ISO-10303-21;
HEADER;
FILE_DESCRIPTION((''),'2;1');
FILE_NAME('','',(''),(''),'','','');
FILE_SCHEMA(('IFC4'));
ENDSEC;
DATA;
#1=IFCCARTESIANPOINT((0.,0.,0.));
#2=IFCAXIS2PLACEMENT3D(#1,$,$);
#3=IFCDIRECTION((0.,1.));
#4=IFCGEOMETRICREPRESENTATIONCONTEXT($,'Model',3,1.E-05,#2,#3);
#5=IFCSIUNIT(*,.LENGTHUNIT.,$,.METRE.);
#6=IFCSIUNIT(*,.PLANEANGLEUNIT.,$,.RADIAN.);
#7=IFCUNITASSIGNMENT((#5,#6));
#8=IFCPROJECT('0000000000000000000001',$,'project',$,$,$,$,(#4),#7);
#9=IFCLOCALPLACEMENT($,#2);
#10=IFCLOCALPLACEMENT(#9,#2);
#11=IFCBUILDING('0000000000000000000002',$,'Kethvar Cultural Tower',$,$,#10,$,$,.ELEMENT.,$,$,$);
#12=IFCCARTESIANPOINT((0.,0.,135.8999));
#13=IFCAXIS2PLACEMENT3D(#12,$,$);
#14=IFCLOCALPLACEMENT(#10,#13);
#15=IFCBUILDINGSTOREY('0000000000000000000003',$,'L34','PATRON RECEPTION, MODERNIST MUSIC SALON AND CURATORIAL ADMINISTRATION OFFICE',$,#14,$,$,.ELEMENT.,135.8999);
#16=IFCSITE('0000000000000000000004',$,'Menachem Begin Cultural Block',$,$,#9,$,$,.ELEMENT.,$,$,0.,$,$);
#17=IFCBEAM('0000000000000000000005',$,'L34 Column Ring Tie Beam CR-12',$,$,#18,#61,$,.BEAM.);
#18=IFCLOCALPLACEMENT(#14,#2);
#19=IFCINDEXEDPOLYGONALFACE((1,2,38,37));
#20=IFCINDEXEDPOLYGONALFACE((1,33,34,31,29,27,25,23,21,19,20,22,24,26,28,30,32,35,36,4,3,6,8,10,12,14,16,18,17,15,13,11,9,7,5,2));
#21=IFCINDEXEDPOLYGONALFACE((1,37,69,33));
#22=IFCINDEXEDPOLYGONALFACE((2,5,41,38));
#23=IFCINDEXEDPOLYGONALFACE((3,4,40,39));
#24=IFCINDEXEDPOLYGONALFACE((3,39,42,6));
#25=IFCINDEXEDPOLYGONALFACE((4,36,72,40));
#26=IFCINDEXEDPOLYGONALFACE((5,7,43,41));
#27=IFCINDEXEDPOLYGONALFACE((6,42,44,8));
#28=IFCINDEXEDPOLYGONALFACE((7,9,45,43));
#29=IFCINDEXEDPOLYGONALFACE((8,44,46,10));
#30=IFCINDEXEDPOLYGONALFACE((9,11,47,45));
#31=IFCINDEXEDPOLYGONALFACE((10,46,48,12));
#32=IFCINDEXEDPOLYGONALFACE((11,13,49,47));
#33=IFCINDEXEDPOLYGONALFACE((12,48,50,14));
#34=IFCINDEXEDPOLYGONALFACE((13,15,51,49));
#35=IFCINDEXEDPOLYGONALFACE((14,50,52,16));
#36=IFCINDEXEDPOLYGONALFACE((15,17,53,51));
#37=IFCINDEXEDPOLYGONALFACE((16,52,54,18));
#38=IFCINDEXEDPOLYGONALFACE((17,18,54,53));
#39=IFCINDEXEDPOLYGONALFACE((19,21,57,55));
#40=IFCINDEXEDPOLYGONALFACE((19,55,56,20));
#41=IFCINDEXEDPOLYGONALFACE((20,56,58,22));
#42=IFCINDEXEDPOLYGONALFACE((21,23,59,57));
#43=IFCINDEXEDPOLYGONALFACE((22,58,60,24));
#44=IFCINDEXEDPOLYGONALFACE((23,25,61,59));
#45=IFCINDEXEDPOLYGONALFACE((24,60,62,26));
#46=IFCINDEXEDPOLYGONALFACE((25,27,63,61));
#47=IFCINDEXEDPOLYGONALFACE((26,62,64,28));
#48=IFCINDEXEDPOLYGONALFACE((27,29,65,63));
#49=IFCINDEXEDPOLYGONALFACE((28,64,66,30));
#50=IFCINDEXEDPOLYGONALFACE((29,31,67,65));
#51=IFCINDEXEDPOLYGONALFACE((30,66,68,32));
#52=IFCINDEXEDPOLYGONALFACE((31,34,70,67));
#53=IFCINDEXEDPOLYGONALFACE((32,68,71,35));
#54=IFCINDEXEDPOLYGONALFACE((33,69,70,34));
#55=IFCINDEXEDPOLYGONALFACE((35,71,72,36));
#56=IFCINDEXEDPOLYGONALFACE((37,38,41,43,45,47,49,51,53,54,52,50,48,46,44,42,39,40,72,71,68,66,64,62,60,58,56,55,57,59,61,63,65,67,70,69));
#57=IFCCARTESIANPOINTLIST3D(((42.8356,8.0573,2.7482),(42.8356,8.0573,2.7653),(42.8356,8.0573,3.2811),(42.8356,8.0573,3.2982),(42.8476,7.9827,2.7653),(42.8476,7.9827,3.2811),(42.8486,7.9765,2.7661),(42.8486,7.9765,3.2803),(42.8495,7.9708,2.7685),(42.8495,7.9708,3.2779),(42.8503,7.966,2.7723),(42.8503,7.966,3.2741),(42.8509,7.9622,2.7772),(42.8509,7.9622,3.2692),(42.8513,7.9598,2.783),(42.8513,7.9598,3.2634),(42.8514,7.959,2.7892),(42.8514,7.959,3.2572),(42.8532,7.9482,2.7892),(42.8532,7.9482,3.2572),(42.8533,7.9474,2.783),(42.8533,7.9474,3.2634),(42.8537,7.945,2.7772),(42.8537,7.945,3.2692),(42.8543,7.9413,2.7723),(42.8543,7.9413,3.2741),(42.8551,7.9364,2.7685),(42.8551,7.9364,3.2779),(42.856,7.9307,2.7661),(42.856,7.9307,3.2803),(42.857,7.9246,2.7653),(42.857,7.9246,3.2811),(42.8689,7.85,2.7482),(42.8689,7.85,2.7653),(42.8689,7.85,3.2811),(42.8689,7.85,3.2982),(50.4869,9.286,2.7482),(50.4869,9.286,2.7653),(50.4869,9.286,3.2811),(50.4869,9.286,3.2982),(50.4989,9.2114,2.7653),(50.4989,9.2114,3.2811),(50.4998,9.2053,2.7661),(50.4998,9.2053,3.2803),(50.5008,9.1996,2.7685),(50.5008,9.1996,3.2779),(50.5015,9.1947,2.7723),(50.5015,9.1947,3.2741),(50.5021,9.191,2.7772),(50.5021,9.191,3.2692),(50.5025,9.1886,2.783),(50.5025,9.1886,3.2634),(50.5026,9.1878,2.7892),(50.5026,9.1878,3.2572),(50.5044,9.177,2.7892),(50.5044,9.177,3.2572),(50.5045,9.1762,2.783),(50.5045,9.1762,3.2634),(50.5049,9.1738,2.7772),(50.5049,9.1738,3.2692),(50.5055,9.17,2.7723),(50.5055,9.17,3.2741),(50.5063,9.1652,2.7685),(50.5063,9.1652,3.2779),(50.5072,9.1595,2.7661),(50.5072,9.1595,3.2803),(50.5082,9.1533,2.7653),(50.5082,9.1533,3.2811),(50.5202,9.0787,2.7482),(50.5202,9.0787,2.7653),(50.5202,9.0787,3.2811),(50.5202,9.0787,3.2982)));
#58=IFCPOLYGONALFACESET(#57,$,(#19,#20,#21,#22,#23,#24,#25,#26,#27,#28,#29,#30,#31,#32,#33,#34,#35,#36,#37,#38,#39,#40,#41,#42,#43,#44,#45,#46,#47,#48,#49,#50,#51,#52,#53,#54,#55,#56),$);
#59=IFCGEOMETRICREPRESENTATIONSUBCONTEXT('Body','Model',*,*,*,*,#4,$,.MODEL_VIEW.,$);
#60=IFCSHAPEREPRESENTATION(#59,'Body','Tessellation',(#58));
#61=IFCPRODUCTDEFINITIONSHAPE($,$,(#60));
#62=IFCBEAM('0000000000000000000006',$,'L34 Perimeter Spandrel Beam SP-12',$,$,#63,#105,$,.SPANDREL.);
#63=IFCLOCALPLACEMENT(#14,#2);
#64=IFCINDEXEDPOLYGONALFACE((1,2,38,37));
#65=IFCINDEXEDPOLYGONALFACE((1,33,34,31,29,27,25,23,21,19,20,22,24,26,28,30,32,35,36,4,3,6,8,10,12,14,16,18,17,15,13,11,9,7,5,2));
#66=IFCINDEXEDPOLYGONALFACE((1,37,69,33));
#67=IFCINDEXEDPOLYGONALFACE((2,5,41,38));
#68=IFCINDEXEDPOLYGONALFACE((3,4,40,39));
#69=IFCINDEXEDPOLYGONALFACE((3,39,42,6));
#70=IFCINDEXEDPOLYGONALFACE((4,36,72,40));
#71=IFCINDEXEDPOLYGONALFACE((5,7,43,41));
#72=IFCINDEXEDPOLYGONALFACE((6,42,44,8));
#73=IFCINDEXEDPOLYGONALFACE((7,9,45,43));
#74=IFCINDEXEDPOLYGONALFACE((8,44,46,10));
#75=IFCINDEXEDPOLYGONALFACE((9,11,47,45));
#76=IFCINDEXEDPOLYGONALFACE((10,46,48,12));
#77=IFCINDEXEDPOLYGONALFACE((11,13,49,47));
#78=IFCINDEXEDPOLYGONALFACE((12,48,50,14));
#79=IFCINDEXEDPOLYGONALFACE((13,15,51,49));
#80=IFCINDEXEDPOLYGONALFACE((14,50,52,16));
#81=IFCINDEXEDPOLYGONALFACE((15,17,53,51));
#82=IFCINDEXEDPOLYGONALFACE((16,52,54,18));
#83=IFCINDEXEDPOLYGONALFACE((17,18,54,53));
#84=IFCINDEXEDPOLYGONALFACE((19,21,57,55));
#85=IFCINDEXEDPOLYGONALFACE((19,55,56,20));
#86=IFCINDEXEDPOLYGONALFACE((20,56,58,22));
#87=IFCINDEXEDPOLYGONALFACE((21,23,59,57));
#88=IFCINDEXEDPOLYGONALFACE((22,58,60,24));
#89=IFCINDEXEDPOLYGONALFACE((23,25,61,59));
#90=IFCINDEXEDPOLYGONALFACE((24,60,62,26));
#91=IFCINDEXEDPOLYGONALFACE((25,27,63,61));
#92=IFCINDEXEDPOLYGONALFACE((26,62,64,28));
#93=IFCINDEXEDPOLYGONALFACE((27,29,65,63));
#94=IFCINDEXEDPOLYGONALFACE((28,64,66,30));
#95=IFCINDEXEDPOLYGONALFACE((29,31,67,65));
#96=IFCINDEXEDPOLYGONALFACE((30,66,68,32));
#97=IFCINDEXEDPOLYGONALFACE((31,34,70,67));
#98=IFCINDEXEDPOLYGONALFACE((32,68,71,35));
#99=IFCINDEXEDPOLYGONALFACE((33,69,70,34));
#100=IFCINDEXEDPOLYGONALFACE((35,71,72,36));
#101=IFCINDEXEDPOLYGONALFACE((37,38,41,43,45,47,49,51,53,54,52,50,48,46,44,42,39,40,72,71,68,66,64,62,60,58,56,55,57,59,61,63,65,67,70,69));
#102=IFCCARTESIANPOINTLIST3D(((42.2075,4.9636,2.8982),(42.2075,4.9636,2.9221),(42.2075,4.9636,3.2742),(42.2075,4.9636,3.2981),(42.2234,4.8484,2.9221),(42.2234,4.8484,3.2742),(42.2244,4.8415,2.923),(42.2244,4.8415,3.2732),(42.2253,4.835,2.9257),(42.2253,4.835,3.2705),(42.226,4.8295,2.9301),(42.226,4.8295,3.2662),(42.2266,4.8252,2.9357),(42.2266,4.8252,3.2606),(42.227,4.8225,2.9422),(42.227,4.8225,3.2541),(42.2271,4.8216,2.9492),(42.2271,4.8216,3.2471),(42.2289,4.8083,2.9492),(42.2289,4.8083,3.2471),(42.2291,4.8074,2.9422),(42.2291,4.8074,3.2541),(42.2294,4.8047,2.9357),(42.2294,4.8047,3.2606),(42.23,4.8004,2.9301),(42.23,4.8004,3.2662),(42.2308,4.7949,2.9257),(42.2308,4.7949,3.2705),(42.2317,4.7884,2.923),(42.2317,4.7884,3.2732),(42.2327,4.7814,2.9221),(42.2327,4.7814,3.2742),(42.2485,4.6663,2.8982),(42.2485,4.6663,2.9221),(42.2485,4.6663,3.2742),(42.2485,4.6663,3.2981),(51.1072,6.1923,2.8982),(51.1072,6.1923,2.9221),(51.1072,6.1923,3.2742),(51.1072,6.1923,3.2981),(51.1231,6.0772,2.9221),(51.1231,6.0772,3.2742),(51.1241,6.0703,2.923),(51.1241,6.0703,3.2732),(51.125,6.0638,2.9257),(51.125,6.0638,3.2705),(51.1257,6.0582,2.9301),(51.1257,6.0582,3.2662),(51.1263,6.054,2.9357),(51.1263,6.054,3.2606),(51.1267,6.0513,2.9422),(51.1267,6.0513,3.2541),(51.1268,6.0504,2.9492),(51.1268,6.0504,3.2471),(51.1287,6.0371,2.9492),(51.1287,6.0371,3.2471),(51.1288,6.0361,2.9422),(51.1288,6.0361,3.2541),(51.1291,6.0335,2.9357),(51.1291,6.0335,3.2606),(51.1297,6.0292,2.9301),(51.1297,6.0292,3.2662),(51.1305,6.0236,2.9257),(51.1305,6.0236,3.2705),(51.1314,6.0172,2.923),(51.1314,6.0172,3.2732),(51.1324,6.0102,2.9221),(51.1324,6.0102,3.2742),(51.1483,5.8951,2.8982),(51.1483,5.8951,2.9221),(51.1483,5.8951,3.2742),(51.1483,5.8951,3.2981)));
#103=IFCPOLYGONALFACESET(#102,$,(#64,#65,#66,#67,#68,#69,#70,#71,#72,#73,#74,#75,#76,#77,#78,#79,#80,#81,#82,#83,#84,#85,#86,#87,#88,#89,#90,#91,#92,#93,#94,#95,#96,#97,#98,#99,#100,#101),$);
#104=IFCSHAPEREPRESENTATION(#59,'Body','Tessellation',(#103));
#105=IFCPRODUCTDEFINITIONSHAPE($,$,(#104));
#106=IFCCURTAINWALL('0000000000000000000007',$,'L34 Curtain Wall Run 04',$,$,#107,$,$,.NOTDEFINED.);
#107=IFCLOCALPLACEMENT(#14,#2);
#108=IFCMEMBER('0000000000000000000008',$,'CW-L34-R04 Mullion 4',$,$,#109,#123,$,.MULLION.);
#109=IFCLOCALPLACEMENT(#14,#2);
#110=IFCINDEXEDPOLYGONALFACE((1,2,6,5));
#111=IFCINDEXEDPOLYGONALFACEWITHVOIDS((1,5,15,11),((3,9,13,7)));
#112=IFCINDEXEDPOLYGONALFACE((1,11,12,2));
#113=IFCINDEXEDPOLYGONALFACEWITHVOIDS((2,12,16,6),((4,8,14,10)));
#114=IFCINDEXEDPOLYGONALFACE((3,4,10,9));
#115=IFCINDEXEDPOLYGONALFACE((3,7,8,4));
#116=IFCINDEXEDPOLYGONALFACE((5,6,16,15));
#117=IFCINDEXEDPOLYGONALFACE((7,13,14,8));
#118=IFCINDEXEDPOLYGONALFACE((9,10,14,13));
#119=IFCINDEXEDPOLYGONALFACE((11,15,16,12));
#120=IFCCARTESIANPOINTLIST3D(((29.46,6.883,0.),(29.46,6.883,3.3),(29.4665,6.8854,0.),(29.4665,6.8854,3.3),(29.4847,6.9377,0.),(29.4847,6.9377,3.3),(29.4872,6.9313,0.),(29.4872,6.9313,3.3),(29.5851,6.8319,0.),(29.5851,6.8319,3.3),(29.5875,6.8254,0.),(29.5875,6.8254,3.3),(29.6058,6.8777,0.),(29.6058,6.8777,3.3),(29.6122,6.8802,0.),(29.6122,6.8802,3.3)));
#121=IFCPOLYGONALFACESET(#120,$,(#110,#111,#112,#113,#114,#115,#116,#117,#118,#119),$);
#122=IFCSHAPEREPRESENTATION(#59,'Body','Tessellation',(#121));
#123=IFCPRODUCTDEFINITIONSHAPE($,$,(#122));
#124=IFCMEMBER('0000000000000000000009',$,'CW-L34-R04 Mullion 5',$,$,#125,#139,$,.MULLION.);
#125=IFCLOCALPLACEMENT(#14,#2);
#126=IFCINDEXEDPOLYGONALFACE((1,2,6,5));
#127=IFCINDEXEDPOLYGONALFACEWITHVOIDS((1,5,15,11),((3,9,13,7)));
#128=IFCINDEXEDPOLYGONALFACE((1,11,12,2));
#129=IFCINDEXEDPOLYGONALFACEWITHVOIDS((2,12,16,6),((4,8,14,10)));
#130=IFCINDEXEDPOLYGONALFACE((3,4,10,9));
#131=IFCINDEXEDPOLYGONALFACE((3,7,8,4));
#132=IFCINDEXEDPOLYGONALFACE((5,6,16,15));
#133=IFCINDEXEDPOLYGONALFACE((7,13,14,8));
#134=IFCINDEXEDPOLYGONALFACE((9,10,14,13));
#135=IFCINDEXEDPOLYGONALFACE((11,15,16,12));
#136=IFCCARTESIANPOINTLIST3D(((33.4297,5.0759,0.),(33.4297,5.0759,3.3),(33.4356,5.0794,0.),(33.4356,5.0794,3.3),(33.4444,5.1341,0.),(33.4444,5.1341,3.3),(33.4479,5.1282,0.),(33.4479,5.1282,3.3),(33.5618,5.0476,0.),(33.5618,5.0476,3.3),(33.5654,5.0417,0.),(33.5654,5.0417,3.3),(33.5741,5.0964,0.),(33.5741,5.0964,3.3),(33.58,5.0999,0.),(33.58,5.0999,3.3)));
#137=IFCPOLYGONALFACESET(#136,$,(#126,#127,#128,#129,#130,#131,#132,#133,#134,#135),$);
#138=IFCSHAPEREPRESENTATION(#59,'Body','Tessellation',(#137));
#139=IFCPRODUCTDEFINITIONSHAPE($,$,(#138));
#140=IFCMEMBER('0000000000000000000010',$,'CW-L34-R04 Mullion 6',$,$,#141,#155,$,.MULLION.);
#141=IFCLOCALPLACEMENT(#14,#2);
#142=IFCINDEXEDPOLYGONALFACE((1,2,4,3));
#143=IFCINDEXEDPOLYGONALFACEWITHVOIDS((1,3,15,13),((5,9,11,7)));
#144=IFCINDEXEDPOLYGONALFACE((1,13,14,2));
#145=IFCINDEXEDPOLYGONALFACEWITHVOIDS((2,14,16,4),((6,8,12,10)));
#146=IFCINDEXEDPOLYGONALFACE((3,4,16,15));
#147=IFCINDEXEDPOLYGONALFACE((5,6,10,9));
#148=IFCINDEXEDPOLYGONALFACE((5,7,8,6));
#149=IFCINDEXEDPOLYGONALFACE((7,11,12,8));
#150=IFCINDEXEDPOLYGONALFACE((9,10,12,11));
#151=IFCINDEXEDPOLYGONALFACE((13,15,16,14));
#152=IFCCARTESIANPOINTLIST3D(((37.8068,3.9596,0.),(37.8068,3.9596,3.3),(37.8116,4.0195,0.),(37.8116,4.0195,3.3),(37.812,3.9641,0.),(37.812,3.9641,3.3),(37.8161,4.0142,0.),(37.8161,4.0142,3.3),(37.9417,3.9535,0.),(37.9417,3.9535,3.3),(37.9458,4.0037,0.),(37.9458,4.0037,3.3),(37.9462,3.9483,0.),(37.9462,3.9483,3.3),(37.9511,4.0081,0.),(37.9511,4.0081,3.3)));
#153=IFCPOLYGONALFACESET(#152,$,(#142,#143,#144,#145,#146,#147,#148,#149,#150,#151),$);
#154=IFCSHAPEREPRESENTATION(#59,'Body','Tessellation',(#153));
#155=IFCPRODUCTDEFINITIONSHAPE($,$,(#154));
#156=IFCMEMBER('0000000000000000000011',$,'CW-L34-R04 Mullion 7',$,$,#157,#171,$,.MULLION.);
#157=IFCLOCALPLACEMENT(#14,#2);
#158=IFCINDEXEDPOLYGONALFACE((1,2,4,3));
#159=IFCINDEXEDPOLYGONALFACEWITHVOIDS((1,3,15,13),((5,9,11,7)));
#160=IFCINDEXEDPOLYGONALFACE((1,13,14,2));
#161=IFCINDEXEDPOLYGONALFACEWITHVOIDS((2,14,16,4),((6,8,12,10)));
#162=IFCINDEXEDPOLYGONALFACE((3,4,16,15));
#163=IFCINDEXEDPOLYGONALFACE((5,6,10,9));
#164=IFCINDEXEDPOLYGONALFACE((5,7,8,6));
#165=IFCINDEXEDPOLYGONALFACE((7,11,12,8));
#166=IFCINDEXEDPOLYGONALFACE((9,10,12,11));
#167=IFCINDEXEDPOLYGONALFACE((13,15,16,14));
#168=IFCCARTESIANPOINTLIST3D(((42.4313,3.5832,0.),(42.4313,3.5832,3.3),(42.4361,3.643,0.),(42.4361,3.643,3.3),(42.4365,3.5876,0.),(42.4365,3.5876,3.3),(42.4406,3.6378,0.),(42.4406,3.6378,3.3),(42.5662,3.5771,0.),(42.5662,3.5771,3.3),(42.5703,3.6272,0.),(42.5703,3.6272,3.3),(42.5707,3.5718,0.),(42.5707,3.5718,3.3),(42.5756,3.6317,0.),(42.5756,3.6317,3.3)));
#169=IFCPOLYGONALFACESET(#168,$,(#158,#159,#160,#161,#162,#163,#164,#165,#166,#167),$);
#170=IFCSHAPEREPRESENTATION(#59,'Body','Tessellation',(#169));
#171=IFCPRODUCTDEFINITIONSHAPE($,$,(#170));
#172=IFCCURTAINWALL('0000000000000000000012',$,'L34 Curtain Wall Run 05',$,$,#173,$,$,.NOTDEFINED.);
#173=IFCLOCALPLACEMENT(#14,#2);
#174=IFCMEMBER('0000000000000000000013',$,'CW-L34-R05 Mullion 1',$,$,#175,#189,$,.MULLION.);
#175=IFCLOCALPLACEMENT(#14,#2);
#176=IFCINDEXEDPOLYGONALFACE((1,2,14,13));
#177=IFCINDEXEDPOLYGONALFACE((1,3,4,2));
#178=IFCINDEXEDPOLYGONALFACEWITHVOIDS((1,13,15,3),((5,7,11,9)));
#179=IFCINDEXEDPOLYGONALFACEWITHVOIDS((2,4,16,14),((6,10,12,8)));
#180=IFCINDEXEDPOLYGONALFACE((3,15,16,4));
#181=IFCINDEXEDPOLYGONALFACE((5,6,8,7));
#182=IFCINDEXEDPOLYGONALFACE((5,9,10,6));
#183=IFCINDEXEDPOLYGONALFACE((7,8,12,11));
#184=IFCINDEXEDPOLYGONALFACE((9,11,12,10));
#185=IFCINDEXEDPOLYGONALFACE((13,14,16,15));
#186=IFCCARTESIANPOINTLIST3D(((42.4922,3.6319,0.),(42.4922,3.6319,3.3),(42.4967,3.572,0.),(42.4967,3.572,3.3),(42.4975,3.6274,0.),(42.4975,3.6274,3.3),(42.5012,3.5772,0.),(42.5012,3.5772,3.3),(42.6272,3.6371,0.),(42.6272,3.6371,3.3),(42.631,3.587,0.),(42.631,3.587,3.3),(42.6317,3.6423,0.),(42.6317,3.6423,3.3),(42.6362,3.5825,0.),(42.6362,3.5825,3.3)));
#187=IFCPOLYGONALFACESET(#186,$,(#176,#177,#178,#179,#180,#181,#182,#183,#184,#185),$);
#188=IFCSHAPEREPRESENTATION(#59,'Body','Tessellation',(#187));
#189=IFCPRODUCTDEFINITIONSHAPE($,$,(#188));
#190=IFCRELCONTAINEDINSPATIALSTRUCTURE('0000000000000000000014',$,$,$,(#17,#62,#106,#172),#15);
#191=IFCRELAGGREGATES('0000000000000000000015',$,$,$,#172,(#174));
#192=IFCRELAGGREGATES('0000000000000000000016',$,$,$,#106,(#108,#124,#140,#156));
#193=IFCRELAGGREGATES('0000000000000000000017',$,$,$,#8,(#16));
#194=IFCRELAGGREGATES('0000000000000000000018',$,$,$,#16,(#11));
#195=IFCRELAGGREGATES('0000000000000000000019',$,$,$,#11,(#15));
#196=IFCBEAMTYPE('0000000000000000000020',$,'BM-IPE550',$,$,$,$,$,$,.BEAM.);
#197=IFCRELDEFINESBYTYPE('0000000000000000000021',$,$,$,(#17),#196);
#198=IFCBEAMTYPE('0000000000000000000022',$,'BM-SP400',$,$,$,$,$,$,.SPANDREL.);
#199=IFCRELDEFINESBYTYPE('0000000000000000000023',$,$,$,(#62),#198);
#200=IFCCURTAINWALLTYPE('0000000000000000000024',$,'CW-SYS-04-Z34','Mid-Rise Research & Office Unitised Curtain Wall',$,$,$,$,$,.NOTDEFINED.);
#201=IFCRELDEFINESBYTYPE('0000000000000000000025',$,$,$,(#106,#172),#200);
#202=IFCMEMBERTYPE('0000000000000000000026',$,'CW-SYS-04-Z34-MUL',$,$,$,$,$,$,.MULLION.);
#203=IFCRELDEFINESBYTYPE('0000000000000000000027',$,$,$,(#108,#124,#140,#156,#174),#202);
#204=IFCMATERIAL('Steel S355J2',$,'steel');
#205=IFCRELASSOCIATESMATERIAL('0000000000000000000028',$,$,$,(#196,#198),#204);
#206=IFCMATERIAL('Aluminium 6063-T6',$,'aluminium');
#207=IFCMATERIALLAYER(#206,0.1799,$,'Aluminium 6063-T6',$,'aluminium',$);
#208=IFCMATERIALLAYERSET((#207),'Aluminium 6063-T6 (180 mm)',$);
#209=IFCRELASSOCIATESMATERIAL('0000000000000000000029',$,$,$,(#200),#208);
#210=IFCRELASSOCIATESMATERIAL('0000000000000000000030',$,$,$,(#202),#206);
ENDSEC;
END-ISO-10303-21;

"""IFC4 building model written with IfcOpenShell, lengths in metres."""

from ifc_helpers import new_model, si_unit, direction, frame, origin, origin_2d, place, context, subcontext, project, spatial, hollow_rectangle, i_section, extrude, source, transform, mapped, material, layer, layer_set, material_profile, profile_set, type_object, element, aggregate, save


model = new_model("IFC4")

# Units and contexts
model_context = context("Model", 3, precision=1e-05, world=origin(), true_north=direction((0.0, 1.0)))
body_context = subcontext(model_context, "Body", "Model", "MODEL_VIEW")
ifc_project = project(units=[si_unit("LENGTHUNIT", "METRE"), si_unit("PLANEANGLEUNIT", "RADIAN")], contexts=[model_context])

# Site, building, storey
site_placement = place(None, origin())
site = spatial("IfcSite", under=ifc_project, at=site_placement, Name="Menachem Begin Cultural Block", CompositionType="ELEMENT", RefElevation=0.0)
building_placement = place(site_placement, origin())
building = spatial("IfcBuilding", under=site, at=building_placement, Name="Kethvar Cultural Tower", CompositionType="ELEMENT")
storey_placement = place(building_placement, frame((0.0, 0.0, 135.8999)))
storey = spatial("IfcBuildingStorey", under=building, at=storey_placement, Name="L34", Description="PATRON RECEPTION, MODERNIST MUSIC SALON AND CURATORIAL ADMINISTRATION OFFICE", CompositionType="ELEMENT", Elevation=135.8999)

# Beams
ifc_material_1 = material(Name="Steel S355J2", Category="steel")
ifc_material_profile_1 = material_profile(ifc_material_1, i_section(OverallWidth=0.21, OverallDepth=0.55, WebThickness=0.011, FlangeThickness=0.0171, FilletRadius=0.0239, at=origin_2d()), Name="Steel S355J2 — IPE550")
ifc_profile_set_1 = profile_set([ifc_material_profile_1], Name="Steel S355J2 — IPE550")
beam_type_1 = type_object("IfcBeamType", Name="BM-IPE550", PredefinedType="BEAM", material=ifc_profile_set_1)
ifc_material_profile_2 = material_profile(ifc_material_1, i_section(OverallWidth=0.3, OverallDepth=0.3999, WebThickness=0.0134, FlangeThickness=0.0239, FilletRadius=0.0271, at=origin_2d()), Name="Steel S355J2 — HEB400")
ifc_profile_set_2 = profile_set([ifc_material_profile_2], Name="Steel S355J2 — HEB400")
beam_type_2 = type_object("IfcBeamType", Name="BM-SP400", PredefinedType="SPANDREL", material=ifc_profile_set_2)
shared_shape_1 = source(origin(), body_context, "Body", "SweptSolid", [
    extrude(i_section(OverallWidth=0.21, OverallDepth=0.55, WebThickness=0.011, FlangeThickness=0.0171, FilletRadius=0.0239, at=origin_2d()), origin(), (0.0, 0.0, 1.0), 7.7493),
])
beam_1_placement = place(storey_placement, frame((42.8523, 7.9536, 3.0232), z_axis=(0.987348, 0.158567, 0.0), x_axis=(-0.158567, 0.987348, 0.0)))
element("IfcBeam", 1, at=beam_1_placement, inside=storey, type_object=beam_type_1, Name="L34 Column Ring Tie Beam CR-12", PredefinedType="BEAM", context=body_context, shape_type="MappedRepresentation", body=[
    mapped(shared_shape_1, transform((0.0, 0.0, 0.0), scale=1.0)),
])
shared_shape_2 = source(origin(), body_context, "Body", "SweptSolid", [
    extrude(i_section(OverallWidth=0.3, OverallDepth=0.3999, WebThickness=0.0134, FlangeThickness=0.0239, FilletRadius=0.0271, at=origin_2d()), origin(), (0.0, 0.0, 1.0), 8.9841),
])
beam_2_placement = place(storey_placement, frame((42.228, 4.8149, 3.0981), z_axis=(0.990603, 0.136771, 0.0), x_axis=(-0.136771, 0.990603, 0.0)))
element("IfcBeam", 2, at=beam_2_placement, inside=storey, type_object=beam_type_2, Name="L34 Perimeter Spandrel Beam SP-12", PredefinedType="SPANDREL", context=body_context, shape_type="MappedRepresentation", body=[
    mapped(shared_shape_2, transform((0.0, 0.0, 0.0), scale=1.0)),
])

# Curtain walls, members
ifc_material_2 = material(Name="Aluminium 6063-T6", Category="aluminium")
ifc_layer_1 = layer(ifc_material_2, 0.1799, Name="Aluminium 6063-T6", Category="aluminium")
ifc_layer_set_1 = layer_set([ifc_layer_1], Name="Aluminium 6063-T6 (180 mm)")
curtain_wall_type = type_object("IfcCurtainWallType", Name="CW-SYS-04-Z34", Description="Mid-Rise Research & Office Unitised Curtain Wall", PredefinedType="NOTDEFINED", material=ifc_layer_set_1)
curtain_wall_1_placement = place(storey_placement, origin())
curtain_wall_1 = element("IfcCurtainWall", 3, at=curtain_wall_1_placement, inside=storey, type_object=curtain_wall_type, Name="L34 Curtain Wall Run 04", PredefinedType="NOTDEFINED")
ifc_material_profile_3 = material_profile(ifc_material_2, hollow_rectangle(XDim=0.0601, YDim=0.1399, WallThickness=0.0049, at=origin_2d()), Name="Aluminium 6063-T6 — RHS140x60x5")
ifc_profile_set_3 = profile_set([ifc_material_profile_3], Name="Aluminium 6063-T6 — RHS140x60x5")
member_type_1 = type_object("IfcMemberType", Name="CW-SYS-04-Z34-MUL", PredefinedType="MULLION", material=ifc_profile_set_3)
shared_shape_3 = source(origin(), body_context, "Body", "SweptSolid", [
    extrude(hollow_rectangle(XDim=0.0601, YDim=0.1399, WallThickness=0.0049, at=origin_2d()), origin(), (0.0, 0.0, 1.0), 3.3),
])
member_1_placement = place(storey_placement, frame((29.5361, 6.8816, 0.0), z_axis=(0.0, 0.0, 1.0), x_axis=(0.411467, 0.911425, 0.0)))
member_1 = element("IfcMember", 4, at=member_1_placement, type_object=member_type_1, Name="CW-L34-R04 Mullion 4", PredefinedType="MULLION", context=body_context, shape_type="MappedRepresentation", body=[
    mapped(shared_shape_3, transform((0.0, 0.0, 0.0), scale=1.0)),
])
member_2_placement = place(storey_placement, frame((33.5049, 5.0879, 0.0), z_axis=(0.0, 0.0, 1.0), x_axis=(0.24436, 0.969685, 0.0)))
member_2 = element("IfcMember", 5, at=member_2_placement, type_object=member_type_1, Name="CW-L34-R04 Mullion 5", PredefinedType="MULLION", context=body_context, shape_type="MappedRepresentation", body=[
    mapped(shared_shape_3, transform((0.0, 0.0, 0.0), scale=1.0)),
])
member_3_placement = place(storey_placement, frame((37.8789, 3.9839, 0.0), z_axis=(0.0, 0.0, 1.0), x_axis=(0.081173, 0.9967, 0.0)))
member_3 = element("IfcMember", 6, at=member_3_placement, type_object=member_type_1, Name="CW-L34-R04 Mullion 6", PredefinedType="MULLION", context=body_context, shape_type="MappedRepresentation", body=[
    mapped(shared_shape_3, transform((0.0, 0.0, 0.0), scale=1.0)),
])
member_4_placement = place(storey_placement, frame((42.5034, 3.6074, 0.0), z_axis=(0.0, 0.0, 1.0), x_axis=(0.081173, 0.9967, 0.0)))
member_4 = element("IfcMember", 7, at=member_4_placement, type_object=member_type_1, Name="CW-L34-R04 Mullion 7", PredefinedType="MULLION", context=body_context, shape_type="MappedRepresentation", body=[
    mapped(shared_shape_3, transform((0.0, 0.0, 0.0), scale=1.0)),
])
curtain_wall_2_placement = place(storey_placement, origin())
curtain_wall_2 = element("IfcCurtainWall", 8, at=curtain_wall_2_placement, inside=storey, type_object=curtain_wall_type, Name="L34 Curtain Wall Run 05", PredefinedType="NOTDEFINED")
member_5_placement = place(storey_placement, frame((42.5642, 3.6072, 0.0), z_axis=(0.0, 0.0, 1.0), x_axis=(-0.074631, 0.997211, 0.0)))
member_5 = element("IfcMember", 9, at=member_5_placement, type_object=member_type_1, Name="CW-L34-R05 Mullion 1", PredefinedType="MULLION", context=body_context, shape_type="MappedRepresentation", body=[
    mapped(shared_shape_3, transform((0.0, 0.0, 0.0), scale=1.0)),
])

aggregate(curtain_wall_2, [member_5])
aggregate(curtain_wall_1, [member_1, member_2, member_3, member_4])

save(model, "model.ifc")
